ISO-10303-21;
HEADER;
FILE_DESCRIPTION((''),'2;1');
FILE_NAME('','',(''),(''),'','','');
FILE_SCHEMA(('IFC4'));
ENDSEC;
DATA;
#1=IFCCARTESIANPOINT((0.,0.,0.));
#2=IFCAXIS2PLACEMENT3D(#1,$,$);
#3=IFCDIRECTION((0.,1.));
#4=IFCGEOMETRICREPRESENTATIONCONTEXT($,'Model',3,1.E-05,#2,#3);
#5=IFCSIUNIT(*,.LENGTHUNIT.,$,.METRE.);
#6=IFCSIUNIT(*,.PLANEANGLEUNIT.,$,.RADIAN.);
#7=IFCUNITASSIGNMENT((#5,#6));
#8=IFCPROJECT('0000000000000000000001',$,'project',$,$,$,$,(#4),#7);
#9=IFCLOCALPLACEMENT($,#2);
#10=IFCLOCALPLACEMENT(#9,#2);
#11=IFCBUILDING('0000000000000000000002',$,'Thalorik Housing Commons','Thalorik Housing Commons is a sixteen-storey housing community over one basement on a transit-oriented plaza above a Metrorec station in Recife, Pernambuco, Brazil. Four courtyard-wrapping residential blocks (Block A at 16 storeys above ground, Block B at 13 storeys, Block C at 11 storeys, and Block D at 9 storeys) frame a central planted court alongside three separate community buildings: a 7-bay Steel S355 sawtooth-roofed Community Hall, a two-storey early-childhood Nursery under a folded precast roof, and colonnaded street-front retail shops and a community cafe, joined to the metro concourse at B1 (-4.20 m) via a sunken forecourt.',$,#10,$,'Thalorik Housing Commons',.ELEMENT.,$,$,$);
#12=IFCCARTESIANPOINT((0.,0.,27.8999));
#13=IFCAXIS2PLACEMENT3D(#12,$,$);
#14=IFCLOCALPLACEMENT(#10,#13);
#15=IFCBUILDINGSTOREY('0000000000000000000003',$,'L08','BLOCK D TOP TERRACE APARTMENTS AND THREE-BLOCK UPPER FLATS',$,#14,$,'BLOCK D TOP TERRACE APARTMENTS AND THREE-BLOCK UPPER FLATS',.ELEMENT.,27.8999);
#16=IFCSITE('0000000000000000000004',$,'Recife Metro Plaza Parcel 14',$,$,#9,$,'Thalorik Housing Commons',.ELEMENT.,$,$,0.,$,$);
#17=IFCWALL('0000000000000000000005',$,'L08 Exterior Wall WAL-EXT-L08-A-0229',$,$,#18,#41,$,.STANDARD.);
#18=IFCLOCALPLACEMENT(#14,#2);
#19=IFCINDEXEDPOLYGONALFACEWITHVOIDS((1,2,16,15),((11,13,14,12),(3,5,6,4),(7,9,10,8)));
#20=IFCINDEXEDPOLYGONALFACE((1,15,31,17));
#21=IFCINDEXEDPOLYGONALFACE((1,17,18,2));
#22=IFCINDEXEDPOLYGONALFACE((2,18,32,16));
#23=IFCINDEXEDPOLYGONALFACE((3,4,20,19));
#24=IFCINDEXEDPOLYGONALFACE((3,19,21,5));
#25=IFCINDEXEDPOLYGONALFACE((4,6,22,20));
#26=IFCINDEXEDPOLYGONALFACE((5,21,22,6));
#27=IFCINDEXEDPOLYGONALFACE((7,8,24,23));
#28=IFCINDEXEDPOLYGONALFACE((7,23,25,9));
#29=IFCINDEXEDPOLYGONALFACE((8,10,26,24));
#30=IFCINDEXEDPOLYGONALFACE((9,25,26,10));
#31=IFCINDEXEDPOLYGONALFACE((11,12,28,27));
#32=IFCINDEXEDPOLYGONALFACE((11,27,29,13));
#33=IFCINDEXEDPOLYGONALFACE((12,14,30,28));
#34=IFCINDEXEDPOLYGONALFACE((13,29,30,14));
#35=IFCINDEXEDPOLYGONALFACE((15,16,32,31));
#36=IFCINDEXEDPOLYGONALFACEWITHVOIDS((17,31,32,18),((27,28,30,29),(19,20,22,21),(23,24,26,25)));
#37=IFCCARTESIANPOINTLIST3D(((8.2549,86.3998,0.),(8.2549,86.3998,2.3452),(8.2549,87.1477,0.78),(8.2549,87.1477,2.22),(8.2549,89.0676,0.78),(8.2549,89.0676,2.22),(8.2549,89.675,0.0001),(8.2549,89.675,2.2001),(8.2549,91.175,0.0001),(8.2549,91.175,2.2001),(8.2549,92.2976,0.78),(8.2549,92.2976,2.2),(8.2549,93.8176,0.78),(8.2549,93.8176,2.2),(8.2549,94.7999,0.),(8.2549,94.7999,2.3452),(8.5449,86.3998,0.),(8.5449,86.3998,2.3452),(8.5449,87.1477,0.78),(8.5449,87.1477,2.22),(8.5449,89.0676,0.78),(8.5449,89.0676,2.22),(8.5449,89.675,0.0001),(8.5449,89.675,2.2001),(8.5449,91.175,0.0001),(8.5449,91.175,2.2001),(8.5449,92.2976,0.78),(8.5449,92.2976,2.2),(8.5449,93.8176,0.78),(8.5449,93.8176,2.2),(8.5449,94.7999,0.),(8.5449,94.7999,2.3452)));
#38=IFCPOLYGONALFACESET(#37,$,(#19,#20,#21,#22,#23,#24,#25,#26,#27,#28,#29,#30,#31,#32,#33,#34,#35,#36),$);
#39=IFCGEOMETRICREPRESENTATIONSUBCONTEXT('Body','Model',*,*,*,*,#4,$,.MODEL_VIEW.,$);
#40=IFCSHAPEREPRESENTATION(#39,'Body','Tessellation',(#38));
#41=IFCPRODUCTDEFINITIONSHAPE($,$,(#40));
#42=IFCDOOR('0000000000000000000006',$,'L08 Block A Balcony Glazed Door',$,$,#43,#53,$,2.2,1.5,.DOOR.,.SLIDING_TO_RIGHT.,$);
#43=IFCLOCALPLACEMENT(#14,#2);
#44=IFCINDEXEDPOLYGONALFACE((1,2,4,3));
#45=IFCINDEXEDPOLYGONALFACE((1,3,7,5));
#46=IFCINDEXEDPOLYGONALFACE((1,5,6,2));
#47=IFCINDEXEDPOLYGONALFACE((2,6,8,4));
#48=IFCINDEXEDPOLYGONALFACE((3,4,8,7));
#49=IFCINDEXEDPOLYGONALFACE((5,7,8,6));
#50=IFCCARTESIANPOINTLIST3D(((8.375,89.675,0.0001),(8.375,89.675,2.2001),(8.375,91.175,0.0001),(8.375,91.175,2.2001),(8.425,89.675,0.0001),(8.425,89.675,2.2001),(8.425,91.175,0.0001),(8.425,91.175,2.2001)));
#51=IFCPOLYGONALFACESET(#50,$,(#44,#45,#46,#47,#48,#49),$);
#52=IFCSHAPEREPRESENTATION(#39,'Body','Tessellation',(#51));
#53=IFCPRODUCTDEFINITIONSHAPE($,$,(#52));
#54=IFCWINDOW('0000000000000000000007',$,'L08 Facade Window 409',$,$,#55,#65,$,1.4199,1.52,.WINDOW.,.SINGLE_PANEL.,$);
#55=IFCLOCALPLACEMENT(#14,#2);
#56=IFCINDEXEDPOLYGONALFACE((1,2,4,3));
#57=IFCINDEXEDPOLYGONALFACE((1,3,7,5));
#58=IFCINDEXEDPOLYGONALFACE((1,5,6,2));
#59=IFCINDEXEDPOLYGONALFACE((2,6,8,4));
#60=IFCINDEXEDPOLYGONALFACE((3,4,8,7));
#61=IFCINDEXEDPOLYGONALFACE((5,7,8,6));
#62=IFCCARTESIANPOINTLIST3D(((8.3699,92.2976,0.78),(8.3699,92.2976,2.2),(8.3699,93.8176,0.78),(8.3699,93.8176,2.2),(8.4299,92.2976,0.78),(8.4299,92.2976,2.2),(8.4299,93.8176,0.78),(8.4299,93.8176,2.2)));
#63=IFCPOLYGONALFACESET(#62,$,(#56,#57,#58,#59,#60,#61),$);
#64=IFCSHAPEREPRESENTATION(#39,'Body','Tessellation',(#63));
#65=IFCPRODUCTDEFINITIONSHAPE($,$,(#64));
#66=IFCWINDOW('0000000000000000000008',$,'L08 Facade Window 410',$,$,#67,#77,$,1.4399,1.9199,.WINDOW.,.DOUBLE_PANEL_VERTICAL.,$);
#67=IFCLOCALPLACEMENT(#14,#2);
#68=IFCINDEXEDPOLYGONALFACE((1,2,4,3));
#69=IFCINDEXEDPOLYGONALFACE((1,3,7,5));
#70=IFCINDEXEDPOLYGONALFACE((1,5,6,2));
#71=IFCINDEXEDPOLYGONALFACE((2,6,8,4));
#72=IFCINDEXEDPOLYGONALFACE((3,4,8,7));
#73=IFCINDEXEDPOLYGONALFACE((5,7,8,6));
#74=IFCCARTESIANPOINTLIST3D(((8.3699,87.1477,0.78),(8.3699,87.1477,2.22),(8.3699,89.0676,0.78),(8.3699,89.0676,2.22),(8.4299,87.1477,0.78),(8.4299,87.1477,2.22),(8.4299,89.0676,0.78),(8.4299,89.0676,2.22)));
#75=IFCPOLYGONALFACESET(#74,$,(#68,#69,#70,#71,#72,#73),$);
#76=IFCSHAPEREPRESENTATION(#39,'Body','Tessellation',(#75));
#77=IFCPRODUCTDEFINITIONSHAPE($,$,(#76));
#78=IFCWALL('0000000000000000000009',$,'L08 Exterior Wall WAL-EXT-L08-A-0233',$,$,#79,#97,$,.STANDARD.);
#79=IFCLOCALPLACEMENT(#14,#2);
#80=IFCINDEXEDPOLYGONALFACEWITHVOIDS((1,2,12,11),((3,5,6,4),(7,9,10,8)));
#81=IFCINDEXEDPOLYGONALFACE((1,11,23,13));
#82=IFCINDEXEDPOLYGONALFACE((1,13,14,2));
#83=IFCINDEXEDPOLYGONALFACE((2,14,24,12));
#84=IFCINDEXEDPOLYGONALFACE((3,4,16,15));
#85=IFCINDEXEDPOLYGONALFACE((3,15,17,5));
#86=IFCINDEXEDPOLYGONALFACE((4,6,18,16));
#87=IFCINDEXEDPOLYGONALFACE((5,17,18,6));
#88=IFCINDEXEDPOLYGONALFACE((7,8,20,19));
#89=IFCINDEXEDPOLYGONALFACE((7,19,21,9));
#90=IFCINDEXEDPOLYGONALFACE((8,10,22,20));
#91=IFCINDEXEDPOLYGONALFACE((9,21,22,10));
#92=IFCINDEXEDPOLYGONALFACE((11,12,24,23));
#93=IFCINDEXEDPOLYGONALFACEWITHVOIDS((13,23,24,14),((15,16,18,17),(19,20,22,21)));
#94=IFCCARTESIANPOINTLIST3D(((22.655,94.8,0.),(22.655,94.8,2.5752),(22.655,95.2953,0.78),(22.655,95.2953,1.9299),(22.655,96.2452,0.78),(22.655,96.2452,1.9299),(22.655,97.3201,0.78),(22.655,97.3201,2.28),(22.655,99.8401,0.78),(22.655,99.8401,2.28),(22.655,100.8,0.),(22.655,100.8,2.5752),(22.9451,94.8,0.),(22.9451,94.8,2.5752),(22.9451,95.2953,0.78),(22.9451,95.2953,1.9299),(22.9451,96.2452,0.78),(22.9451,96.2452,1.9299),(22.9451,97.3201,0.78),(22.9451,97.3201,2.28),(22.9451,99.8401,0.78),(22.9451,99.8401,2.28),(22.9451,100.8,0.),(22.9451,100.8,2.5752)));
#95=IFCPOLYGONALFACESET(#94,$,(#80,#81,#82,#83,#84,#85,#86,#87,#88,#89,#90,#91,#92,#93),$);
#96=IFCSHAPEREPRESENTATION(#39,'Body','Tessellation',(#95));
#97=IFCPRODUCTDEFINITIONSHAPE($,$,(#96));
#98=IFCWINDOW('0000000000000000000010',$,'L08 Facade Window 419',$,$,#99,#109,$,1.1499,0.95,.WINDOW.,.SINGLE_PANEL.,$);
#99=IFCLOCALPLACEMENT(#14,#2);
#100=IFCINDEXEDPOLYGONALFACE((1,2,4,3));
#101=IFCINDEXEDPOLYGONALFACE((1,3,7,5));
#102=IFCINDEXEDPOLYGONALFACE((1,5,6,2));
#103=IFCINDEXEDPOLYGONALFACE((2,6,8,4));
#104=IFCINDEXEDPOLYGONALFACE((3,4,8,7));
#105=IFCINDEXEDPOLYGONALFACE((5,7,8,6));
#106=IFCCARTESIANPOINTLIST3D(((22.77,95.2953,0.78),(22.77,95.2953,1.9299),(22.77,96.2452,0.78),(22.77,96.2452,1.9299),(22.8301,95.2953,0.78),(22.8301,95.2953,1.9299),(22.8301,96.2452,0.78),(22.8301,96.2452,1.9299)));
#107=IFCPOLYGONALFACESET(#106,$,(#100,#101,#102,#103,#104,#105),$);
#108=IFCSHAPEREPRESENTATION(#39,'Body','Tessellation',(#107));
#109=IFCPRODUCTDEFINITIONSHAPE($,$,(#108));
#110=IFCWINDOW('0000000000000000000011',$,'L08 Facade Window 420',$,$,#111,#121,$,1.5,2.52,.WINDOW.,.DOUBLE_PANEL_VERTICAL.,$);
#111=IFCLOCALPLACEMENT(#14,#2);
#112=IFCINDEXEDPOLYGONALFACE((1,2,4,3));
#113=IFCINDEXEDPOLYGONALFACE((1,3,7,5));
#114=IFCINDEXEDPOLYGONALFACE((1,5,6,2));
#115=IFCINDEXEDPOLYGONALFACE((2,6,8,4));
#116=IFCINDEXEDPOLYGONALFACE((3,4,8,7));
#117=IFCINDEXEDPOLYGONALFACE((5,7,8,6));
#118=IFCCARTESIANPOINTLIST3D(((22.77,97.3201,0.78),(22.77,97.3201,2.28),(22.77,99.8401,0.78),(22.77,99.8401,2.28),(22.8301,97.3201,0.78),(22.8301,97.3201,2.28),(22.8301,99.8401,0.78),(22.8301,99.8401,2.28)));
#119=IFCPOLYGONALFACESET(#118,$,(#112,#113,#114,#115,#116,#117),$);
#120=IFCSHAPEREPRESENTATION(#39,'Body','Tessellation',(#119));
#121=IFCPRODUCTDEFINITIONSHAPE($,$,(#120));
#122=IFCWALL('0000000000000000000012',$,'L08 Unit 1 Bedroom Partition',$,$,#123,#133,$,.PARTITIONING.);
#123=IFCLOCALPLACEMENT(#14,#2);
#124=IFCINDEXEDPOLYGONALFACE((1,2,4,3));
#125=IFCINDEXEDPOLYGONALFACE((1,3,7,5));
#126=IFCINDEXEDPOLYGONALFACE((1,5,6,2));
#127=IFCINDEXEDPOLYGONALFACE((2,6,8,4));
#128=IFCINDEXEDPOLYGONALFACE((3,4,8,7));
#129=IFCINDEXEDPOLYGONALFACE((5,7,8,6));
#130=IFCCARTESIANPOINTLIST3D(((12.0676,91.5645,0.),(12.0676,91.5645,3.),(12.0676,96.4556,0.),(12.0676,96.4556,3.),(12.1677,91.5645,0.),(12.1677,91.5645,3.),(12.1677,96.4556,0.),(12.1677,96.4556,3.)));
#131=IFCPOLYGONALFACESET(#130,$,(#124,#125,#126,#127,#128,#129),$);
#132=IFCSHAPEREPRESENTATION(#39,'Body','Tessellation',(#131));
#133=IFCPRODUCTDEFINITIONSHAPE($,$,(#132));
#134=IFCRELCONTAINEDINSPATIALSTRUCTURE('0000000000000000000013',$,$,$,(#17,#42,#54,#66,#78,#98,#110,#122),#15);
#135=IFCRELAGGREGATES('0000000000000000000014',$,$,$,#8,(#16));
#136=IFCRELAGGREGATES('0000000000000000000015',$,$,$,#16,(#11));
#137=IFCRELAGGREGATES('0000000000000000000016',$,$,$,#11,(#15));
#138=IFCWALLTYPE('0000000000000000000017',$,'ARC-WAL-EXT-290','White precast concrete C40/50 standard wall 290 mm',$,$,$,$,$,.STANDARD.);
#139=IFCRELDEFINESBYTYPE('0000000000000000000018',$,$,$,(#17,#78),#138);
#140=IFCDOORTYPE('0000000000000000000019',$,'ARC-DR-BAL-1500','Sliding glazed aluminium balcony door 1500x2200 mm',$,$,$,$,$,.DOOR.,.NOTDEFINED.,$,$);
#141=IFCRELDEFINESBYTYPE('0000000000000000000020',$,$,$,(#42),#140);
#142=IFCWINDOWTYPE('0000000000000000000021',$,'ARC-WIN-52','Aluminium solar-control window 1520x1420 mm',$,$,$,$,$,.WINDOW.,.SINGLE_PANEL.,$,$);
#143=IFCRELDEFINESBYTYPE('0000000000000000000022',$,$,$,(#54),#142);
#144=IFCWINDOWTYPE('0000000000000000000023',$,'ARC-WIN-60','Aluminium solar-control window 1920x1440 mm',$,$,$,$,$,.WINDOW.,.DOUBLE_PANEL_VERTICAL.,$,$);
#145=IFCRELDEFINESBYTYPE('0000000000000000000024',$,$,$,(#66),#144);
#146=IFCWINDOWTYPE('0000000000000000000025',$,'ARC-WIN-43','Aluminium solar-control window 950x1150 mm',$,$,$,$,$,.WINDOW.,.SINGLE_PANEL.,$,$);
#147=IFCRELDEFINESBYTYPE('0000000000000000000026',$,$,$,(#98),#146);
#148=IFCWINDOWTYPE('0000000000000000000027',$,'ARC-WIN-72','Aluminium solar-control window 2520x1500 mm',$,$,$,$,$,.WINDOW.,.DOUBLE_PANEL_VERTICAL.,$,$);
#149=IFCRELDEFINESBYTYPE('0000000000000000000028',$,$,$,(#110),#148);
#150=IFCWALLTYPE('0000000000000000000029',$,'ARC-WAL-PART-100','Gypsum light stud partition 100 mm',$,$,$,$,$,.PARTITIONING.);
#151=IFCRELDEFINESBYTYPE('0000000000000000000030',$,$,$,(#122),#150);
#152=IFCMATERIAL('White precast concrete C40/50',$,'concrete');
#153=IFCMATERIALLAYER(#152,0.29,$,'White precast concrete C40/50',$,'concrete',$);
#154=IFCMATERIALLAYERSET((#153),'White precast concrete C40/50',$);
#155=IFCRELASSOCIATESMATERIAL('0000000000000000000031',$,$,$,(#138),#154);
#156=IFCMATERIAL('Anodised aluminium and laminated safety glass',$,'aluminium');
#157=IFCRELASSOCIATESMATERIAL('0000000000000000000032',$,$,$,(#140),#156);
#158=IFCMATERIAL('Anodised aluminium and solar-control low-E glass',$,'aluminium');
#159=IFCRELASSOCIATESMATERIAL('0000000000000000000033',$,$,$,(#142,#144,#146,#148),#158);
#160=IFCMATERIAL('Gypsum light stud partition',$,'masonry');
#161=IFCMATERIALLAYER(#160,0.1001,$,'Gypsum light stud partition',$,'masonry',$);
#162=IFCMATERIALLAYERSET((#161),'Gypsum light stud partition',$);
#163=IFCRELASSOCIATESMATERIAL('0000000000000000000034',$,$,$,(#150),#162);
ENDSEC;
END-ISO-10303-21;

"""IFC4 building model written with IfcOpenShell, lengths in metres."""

from ifc_helpers import new_model, si_unit, direction, frame, frame_2d, origin, place, context, subcontext, project, spatial, rectangle, extrude, material, layer, layer_set, type_object, element, fill, save


model = new_model("IFC4")

# Units and contexts
model_context = context("Model", 3, precision=1e-05, world=origin(), true_north=direction((0.0, 1.0)))
body_context = subcontext(model_context, "Body", "Model", "MODEL_VIEW")
ifc_project = project(units=[si_unit("LENGTHUNIT", "METRE"), si_unit("PLANEANGLEUNIT", "RADIAN")], contexts=[model_context])

# Site, building, storey
site_placement = place(None, origin())
site = spatial("IfcSite", under=ifc_project, at=site_placement, Name="Recife Metro Plaza Parcel 14", LongName="Thalorik Housing Commons", CompositionType="ELEMENT", RefElevation=0.0)
building_placement = place(site_placement, origin())
building = spatial("IfcBuilding", under=site, at=building_placement, Name="Thalorik Housing Commons", Description="Thalorik Housing Commons is a sixteen-storey housing community over one basement on a transit-oriented plaza above a Metrorec station in Recife, Pernambuco, Brazil. Four courtyard-wrapping residential blocks (Block A at 16 storeys above ground, Block B at 13 storeys, Block C at 11 storeys, and Block D at 9 storeys) frame a central planted court alongside three separate community buildings: a 7-bay Steel S355 sawtooth-roofed Community Hall, a two-storey early-childhood Nursery under a folded precast roof, and colonnaded street-front retail shops and a community cafe, joined to the metro concourse at B1 (-4.20 m) via a sunken forecourt.", LongName="Thalorik Housing Commons", CompositionType="ELEMENT")
storey_placement = place(building_placement, frame((0.0, 0.0, 27.8999)))
storey = spatial("IfcBuildingStorey", under=building, at=storey_placement, Name="L08", Description="BLOCK D TOP TERRACE APARTMENTS AND THREE-BLOCK UPPER FLATS", LongName="BLOCK D TOP TERRACE APARTMENTS AND THREE-BLOCK UPPER FLATS", CompositionType="ELEMENT", Elevation=27.8999)

# Wall, openings, door, windows
ifc_material_1 = material(Name="White precast concrete C40/50", Category="concrete")
ifc_layer_1 = layer(ifc_material_1, 0.29, Name="White precast concrete C40/50", Category="concrete")
ifc_layer_set_1 = layer_set([ifc_layer_1], Name="White precast concrete C40/50")
wall_type_1 = type_object("IfcWallType", Name="ARC-WAL-EXT-290", Description="White precast concrete C40/50 standard wall 290 mm", PredefinedType="STANDARD", material=ifc_layer_set_1)
wall_1_placement = place(storey_placement, frame((8.3999, 94.8, 0.0), z_axis=(0.0, 0.0, 1.0), x_axis=(0.0, -1.0, 0.0)))
wall_1 = element("IfcWall", 1, at=wall_1_placement, inside=storey, type_object=wall_type_1, Name="L08 Exterior Wall WAL-EXT-L08-A-0229", PredefinedType="STANDARD", context=body_context, shape_type="SweptSolid", body=[
    extrude(rectangle(XDim=8.4001, YDim=0.29, at=frame_2d((4.2002, 0.0))), origin(), (0.0, 0.0, 1.0), 2.3452),
])
opening_1_placement = place(wall_1_placement, frame((3.625, 0.0, 0.0)))
opening_1 = element("IfcOpeningElement", 2, at=opening_1_placement, cuts=wall_1, PredefinedType="OPENING", context=body_context, shape_type="SweptSolid", body=[
    extrude(rectangle(XDim=1.5, YDim=2.2, at=frame_2d((0.75, 1.1001))), frame((0.0, 0.155, 0.0), z_axis=(0.0, -1.0, 0.0), x_axis=(1.0, 0.0, 0.0)), (0.0, 0.0, 1.0), 0.3101),
])
opening_2_placement = place(wall_1_placement, frame((0.9824, 0.0, 0.78)))
opening_2 = element("IfcOpeningElement", 3, at=opening_2_placement, cuts=wall_1, PredefinedType="OPENING", context=body_context, shape_type="SweptSolid", body=[
    extrude(rectangle(XDim=1.52, YDim=1.4199, at=frame_2d((0.76, 0.71))), frame((0.0, 0.155, 0.0), z_axis=(0.0, -1.0, 0.0), x_axis=(1.0, 0.0, 0.0)), (0.0, 0.0, 1.0), 0.3101),
])
opening_3_placement = place(wall_1_placement, frame((5.7324, 0.0, 0.78)))
opening_3 = element("IfcOpeningElement", 4, at=opening_3_placement, cuts=wall_1, PredefinedType="OPENING", context=body_context, shape_type="SweptSolid", body=[
    extrude(rectangle(XDim=1.9199, YDim=1.4399, at=frame_2d((0.96, 0.72))), frame((0.0, 0.155, 0.0), z_axis=(0.0, -1.0, 0.0), x_axis=(1.0, 0.0, 0.0)), (0.0, 0.0, 1.0), 0.3101),
])
ifc_material_2 = material(Name="Anodised aluminium and laminated safety glass", Category="aluminium")
door_type_1 = type_object("IfcDoorType", Name="ARC-DR-BAL-1500", Description="Sliding glazed aluminium balcony door 1500x2200 mm", OperationType="NOTDEFINED", PredefinedType="DOOR", material=ifc_material_2)
door_1_placement = place(opening_1_placement, frame((1.5, 0.0, 0.0), z_axis=(0.0, 0.0, 1.0), x_axis=(-1.0, 0.0, 0.0)))
door_1 = element("IfcDoor", 5, at=door_1_placement, inside=storey, type_object=door_type_1, Name="L08 Block A Balcony Glazed Door", OperationType="SLIDING_TO_RIGHT", OverallHeight=2.2, OverallWidth=1.5, PredefinedType="DOOR", context=body_context, shape_type="SweptSolid", body=[
    extrude(rectangle(XDim=1.5, YDim=2.2, at=frame_2d((0.75, 1.1001))), frame((0.0, 0.0249, 0.0), z_axis=(0.0, -1.0, 0.0), x_axis=(1.0, 0.0, 0.0)), (0.0, 0.0, 1.0), 0.05),
])
fill(opening_1, door_1)
ifc_material_3 = material(Name="Anodised aluminium and solar-control low-E glass", Category="aluminium")
window_type_1 = type_object("IfcWindowType", Name="ARC-WIN-52", Description="Aluminium solar-control window 1520x1420 mm", PartitioningType="SINGLE_PANEL", PredefinedType="WINDOW", material=ifc_material_3)
window_1_placement = place(opening_2_placement, origin())
window_1 = element("IfcWindow", 6, at=window_1_placement, inside=storey, type_object=window_type_1, Name="L08 Facade Window 409", OverallHeight=1.4199, OverallWidth=1.52, PartitioningType="SINGLE_PANEL", PredefinedType="WINDOW", context=body_context, shape_type="SweptSolid", body=[
    extrude(rectangle(XDim=1.52, YDim=1.4199, at=frame_2d((0.76, 0.71))), frame((0.0, 0.03, 0.0), z_axis=(0.0, -1.0, 0.0), x_axis=(1.0, 0.0, 0.0)), (0.0, 0.0, 1.0), 0.0601),
])
fill(opening_2, window_1)
window_type_2 = type_object("IfcWindowType", Name="ARC-WIN-60", Description="Aluminium solar-control window 1920x1440 mm", PartitioningType="DOUBLE_PANEL_VERTICAL", PredefinedType="WINDOW", material=ifc_material_3)
window_2_placement = place(opening_3_placement, origin())
window_2 = element("IfcWindow", 7, at=window_2_placement, inside=storey, type_object=window_type_2, Name="L08 Facade Window 410", OverallHeight=1.4399, OverallWidth=1.9199, PartitioningType="DOUBLE_PANEL_VERTICAL", PredefinedType="WINDOW", context=body_context, shape_type="SweptSolid", body=[
    extrude(rectangle(XDim=1.9199, YDim=1.4399, at=frame_2d((0.96, 0.72))), frame((0.0, 0.03, 0.0), z_axis=(0.0, -1.0, 0.0), x_axis=(1.0, 0.0, 0.0)), (0.0, 0.0, 1.0), 0.0601),
])
fill(opening_3, window_2)

# Wall, openings, windows
wall_2_placement = place(storey_placement, frame((22.8, 94.8, 0.0), z_axis=(0.0, 0.0, 1.0), x_axis=(0.0, 1.0, 0.0)))
wall_2 = element("IfcWall", 8, at=wall_2_placement, inside=storey, type_object=wall_type_1, Name="L08 Exterior Wall WAL-EXT-L08-A-0233", PredefinedType="STANDARD", context=body_context, shape_type="SweptSolid", body=[
    extrude(rectangle(XDim=6.0, YDim=0.29, at=frame_2d((3.0, 0.0))), origin(), (0.0, 0.0, 1.0), 2.5752),
])
opening_4_placement = place(wall_2_placement, frame((0.4951, 0.0, 0.78)))
opening_4 = element("IfcOpeningElement", 9, at=opening_4_placement, cuts=wall_2, PredefinedType="OPENING", context=body_context, shape_type="SweptSolid", body=[
    extrude(rectangle(XDim=0.95, YDim=1.1499, at=frame_2d((0.4751, 0.575))), frame((0.0, 0.155, 0.0), z_axis=(0.0, -1.0, 0.0), x_axis=(1.0, 0.0, 0.0)), (0.0, 0.0, 1.0), 0.3101),
])
opening_5_placement = place(wall_2_placement, frame((2.52, 0.0, 0.78)))
opening_5 = element("IfcOpeningElement", 10, at=opening_5_placement, cuts=wall_2, PredefinedType="OPENING", context=body_context, shape_type="SweptSolid", body=[
    extrude(rectangle(XDim=2.52, YDim=1.5, at=frame_2d((1.26, 0.75))), frame((0.0, 0.155, 0.0), z_axis=(0.0, -1.0, 0.0), x_axis=(1.0, 0.0, 0.0)), (0.0, 0.0, 1.0), 0.3101),
])
window_type_3 = type_object("IfcWindowType", Name="ARC-WIN-43", Description="Aluminium solar-control window 950x1150 mm", PartitioningType="SINGLE_PANEL", PredefinedType="WINDOW", material=ifc_material_3)
window_3_placement = place(opening_4_placement, origin())
window_3 = element("IfcWindow", 11, at=window_3_placement, inside=storey, type_object=window_type_3, Name="L08 Facade Window 419", OverallHeight=1.1499, OverallWidth=0.95, PartitioningType="SINGLE_PANEL", PredefinedType="WINDOW", context=body_context, shape_type="SweptSolid", body=[
    extrude(rectangle(XDim=0.95, YDim=1.1499, at=frame_2d((0.4751, 0.575))), frame((0.0, 0.03, 0.0), z_axis=(0.0, -1.0, 0.0), x_axis=(1.0, 0.0, 0.0)), (0.0, 0.0, 1.0), 0.0601),
])
fill(opening_4, window_3)
window_type_4 = type_object("IfcWindowType", Name="ARC-WIN-72", Description="Aluminium solar-control window 2520x1500 mm", PartitioningType="DOUBLE_PANEL_VERTICAL", PredefinedType="WINDOW", material=ifc_material_3)
window_4_placement = place(opening_5_placement, origin())
window_4 = element("IfcWindow", 12, at=window_4_placement, inside=storey, type_object=window_type_4, Name="L08 Facade Window 420", OverallHeight=1.5, OverallWidth=2.52, PartitioningType="DOUBLE_PANEL_VERTICAL", PredefinedType="WINDOW", context=body_context, shape_type="SweptSolid", body=[
    extrude(rectangle(XDim=2.52, YDim=1.5, at=frame_2d((1.26, 0.75))), frame((0.0, 0.03, 0.0), z_axis=(0.0, -1.0, 0.0), x_axis=(1.0, 0.0, 0.0)), (0.0, 0.0, 1.0), 0.0601),
])
fill(opening_5, window_4)

# Wall
ifc_material_4 = material(Name="Gypsum light stud partition", Category="masonry")
ifc_layer_2 = layer(ifc_material_4, 0.1001, Name="Gypsum light stud partition", Category="masonry")
ifc_layer_set_2 = layer_set([ifc_layer_2], Name="Gypsum light stud partition")
wall_type_2 = type_object("IfcWallType", Name="ARC-WAL-PART-100", Description="Gypsum light stud partition 100 mm", PredefinedType="PARTITIONING", material=ifc_layer_set_2)
wall_3_placement = place(storey_placement, frame((12.1177, 91.5645, 0.0), z_axis=(0.0, 0.0, 1.0), x_axis=(0.0, 1.0, 0.0)))
element("IfcWall", 13, at=wall_3_placement, inside=storey, type_object=wall_type_2, Name="L08 Unit 1 Bedroom Partition", PredefinedType="PARTITIONING", context=body_context, shape_type="SweptSolid", body=[
    extrude(rectangle(XDim=4.8911, YDim=0.1001, at=frame_2d((2.4456, 0.0))), origin(), (0.0, 0.0, 1.0), 3.0),
])

save(model, "model.ifc")
